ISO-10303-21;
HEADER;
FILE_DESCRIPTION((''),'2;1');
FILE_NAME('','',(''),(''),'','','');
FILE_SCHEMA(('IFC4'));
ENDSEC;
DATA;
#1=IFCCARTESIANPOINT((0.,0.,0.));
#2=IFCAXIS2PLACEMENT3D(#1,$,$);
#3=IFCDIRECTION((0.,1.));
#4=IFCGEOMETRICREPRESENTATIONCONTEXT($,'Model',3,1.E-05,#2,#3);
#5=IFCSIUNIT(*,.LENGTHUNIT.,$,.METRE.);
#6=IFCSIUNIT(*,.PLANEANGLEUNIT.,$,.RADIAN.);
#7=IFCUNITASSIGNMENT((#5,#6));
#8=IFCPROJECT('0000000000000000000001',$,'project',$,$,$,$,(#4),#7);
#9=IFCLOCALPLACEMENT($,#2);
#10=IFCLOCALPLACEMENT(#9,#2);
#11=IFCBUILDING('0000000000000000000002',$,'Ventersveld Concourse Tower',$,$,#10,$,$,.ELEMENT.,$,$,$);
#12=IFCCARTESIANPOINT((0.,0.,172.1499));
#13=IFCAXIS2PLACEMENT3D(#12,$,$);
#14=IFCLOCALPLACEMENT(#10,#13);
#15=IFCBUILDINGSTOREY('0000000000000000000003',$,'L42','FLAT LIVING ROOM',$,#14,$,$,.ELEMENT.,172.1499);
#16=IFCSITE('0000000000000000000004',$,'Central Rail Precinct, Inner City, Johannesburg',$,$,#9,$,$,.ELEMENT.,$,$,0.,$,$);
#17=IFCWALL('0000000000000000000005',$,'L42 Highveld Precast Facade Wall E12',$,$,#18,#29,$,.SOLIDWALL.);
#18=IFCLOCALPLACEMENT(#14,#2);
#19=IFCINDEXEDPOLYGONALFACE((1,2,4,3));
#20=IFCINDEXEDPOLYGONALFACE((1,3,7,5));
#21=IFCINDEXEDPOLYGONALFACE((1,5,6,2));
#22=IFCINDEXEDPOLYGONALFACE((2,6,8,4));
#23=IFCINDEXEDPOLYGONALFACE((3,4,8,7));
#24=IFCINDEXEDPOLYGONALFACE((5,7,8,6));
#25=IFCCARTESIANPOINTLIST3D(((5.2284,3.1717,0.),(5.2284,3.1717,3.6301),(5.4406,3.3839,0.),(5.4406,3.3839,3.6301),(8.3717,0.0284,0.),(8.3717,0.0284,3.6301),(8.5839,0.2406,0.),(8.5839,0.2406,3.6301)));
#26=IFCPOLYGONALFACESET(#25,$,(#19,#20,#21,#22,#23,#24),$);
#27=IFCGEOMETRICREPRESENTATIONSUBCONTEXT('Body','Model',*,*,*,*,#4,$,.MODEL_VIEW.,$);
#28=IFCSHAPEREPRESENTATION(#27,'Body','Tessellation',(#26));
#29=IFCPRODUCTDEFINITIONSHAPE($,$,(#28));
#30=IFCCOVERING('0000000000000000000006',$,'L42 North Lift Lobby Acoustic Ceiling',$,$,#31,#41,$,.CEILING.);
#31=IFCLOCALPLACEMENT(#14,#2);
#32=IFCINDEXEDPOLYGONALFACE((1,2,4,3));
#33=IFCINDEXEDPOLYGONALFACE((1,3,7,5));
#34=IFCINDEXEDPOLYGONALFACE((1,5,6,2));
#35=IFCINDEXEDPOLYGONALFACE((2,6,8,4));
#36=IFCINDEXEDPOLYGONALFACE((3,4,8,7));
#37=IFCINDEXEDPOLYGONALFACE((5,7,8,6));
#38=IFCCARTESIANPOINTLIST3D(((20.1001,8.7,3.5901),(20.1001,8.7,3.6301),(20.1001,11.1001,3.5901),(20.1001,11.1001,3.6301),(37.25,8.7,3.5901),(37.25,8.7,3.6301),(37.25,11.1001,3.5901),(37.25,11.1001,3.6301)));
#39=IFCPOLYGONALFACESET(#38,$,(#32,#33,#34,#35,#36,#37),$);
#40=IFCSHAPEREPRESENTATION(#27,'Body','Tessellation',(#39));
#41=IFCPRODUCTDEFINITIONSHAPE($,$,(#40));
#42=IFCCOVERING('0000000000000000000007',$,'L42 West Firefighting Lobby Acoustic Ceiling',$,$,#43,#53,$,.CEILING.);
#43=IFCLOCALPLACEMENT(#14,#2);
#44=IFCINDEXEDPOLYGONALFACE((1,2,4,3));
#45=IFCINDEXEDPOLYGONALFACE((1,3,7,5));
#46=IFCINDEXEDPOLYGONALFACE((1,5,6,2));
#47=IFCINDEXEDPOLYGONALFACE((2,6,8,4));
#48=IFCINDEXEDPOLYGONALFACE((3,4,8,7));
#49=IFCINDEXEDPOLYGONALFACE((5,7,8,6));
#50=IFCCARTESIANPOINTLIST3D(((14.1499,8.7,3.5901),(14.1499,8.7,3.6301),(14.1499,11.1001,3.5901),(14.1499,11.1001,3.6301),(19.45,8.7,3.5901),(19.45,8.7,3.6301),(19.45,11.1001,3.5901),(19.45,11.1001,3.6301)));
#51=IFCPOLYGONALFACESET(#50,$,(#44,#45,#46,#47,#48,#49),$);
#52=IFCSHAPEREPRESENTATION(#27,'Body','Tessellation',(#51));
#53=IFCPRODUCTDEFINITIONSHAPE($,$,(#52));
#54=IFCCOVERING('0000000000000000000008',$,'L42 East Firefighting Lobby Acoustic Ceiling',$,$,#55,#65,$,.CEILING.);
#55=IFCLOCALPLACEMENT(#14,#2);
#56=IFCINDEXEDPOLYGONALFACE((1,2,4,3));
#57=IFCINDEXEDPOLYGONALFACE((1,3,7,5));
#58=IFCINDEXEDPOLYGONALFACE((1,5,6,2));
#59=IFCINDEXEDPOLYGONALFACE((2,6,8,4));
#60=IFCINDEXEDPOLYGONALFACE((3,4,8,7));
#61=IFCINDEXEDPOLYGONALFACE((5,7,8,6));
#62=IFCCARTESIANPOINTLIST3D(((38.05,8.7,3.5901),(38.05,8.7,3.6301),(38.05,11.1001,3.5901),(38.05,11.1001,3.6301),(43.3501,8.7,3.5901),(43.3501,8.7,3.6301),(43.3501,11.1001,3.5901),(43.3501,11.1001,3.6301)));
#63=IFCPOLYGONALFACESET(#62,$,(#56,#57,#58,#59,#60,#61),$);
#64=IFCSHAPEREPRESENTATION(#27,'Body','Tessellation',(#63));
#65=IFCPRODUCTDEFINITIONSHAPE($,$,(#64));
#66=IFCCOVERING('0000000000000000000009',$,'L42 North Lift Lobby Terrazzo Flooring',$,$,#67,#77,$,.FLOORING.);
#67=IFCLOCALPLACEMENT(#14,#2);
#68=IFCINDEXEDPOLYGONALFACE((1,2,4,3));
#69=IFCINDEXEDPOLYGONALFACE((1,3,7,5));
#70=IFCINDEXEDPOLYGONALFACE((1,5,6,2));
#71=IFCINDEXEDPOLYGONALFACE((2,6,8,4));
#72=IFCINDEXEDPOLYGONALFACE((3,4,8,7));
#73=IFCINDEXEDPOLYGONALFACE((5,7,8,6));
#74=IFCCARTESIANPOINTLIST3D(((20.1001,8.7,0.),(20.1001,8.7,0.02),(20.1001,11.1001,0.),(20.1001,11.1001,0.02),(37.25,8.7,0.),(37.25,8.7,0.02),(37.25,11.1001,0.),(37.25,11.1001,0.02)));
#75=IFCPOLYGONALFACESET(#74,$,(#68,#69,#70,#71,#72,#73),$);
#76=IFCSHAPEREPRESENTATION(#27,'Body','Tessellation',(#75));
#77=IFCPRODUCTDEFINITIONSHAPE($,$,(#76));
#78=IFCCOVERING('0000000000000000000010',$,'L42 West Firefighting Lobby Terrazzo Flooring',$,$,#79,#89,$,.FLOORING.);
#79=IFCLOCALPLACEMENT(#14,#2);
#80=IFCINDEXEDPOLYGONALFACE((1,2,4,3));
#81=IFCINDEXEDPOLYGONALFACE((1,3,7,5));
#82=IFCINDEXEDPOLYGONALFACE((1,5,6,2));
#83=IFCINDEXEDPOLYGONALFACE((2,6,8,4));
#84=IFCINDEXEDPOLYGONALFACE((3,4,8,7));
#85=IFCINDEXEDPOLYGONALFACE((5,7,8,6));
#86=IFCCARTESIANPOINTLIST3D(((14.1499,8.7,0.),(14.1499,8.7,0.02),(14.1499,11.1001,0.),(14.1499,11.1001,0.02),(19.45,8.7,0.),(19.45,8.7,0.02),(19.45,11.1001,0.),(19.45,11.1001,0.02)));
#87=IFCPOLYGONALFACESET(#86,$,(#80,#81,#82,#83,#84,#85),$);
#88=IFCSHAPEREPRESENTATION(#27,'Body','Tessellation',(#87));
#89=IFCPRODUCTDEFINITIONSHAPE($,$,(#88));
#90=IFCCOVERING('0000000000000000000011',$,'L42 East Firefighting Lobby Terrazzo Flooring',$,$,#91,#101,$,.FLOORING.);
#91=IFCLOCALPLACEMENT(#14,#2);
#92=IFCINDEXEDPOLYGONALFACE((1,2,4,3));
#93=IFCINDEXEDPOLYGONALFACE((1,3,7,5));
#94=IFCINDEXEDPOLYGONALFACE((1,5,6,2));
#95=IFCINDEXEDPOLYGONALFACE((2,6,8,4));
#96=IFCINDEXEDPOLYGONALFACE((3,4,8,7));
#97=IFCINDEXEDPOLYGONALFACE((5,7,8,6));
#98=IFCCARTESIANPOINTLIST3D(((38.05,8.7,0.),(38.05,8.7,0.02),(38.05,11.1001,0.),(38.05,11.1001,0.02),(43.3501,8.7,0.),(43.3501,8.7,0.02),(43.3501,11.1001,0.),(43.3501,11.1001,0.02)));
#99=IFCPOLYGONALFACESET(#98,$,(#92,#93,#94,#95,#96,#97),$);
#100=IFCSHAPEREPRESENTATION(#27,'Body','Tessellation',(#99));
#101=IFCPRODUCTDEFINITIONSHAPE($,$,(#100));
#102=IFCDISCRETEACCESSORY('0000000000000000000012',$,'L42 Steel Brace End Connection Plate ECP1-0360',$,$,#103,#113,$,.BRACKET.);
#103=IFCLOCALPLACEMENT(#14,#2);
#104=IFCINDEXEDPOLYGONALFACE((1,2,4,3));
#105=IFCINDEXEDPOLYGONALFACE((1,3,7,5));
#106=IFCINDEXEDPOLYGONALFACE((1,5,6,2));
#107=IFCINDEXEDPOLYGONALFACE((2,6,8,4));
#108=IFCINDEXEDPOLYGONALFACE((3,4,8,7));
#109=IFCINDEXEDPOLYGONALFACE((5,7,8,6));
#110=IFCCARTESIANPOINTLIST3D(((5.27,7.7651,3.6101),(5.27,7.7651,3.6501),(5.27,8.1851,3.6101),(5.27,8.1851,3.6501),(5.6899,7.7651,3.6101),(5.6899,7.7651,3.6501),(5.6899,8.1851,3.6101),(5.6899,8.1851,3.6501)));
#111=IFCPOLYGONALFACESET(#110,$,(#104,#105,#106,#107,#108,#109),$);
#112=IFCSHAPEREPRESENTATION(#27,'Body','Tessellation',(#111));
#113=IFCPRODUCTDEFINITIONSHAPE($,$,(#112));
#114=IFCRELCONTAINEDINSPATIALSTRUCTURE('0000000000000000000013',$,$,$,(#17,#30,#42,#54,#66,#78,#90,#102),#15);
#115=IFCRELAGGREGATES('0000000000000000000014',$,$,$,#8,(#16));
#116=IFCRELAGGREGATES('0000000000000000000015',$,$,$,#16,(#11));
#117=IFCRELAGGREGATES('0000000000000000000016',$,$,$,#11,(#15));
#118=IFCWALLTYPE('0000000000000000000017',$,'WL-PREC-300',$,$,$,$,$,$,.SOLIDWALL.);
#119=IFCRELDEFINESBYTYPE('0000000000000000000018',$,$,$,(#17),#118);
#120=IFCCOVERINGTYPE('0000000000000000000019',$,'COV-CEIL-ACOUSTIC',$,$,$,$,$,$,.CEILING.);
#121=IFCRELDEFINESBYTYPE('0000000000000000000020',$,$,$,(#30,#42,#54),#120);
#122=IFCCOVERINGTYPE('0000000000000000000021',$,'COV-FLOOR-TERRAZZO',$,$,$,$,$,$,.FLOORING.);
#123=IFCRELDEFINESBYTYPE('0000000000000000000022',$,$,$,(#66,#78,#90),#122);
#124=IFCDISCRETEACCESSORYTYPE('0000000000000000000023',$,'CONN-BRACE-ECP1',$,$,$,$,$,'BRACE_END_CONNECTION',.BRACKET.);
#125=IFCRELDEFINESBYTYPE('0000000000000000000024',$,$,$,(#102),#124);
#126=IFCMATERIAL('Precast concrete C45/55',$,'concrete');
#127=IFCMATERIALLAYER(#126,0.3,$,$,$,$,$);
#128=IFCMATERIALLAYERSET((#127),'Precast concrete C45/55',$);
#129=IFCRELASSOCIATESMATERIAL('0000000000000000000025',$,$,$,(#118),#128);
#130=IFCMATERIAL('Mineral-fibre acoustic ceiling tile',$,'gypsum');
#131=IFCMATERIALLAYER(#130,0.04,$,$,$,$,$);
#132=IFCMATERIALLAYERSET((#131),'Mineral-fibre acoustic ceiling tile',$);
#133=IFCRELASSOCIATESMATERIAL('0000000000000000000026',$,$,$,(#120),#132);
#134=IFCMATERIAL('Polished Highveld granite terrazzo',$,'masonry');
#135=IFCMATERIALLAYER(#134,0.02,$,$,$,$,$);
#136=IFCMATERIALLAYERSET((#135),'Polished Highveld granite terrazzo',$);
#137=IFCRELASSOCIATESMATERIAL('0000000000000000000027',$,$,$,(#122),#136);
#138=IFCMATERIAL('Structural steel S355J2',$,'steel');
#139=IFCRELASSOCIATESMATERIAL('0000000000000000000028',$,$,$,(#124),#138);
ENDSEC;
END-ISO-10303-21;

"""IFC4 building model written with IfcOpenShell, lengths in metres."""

from ifc_helpers import new_model, si_unit, direction, frame, frame_2d, origin, origin_2d, place, context, subcontext, project, spatial, polyline, rectangle, outline, extrude, material, layer, layer_set, type_object, element, save


model = new_model("IFC4")

# Units and contexts
model_context = context("Model", 3, precision=1e-05, world=origin(), true_north=direction((0.0, 1.0)))
body_context = subcontext(model_context, "Body", "Model", "MODEL_VIEW")
ifc_project = project(units=[si_unit("LENGTHUNIT", "METRE"), si_unit("PLANEANGLEUNIT", "RADIAN")], contexts=[model_context])

# Site, building, storey
site_placement = place(None, origin())
site = spatial("IfcSite", under=ifc_project, at=site_placement, Name="Central Rail Precinct, Inner City, Johannesburg", CompositionType="ELEMENT", RefElevation=0.0)
building_placement = place(site_placement, origin())
building = spatial("IfcBuilding", under=site, at=building_placement, Name="Ventersveld Concourse Tower", CompositionType="ELEMENT")
storey_placement = place(building_placement, frame((0.0, 0.0, 172.1499)))
storey = spatial("IfcBuildingStorey", under=building, at=storey_placement, Name="L42", Description="FLAT LIVING ROOM", CompositionType="ELEMENT", Elevation=172.1499)

# Shared definitions
ifc_material_1 = material(Name="Structural steel S355J2", Category="steel")

# Wall
ifc_material_2 = material(Name="Precast concrete C45/55", Category="concrete")
ifc_layer_1 = layer(ifc_material_2, 0.3)
ifc_layer_set_1 = layer_set([ifc_layer_1], Name="Precast concrete C45/55")
wall_type_1 = type_object("IfcWallType", Name="WL-PREC-300", PredefinedType="SOLIDWALL", material=ifc_layer_set_1)
wall_1_placement = place(storey_placement, frame((5.3345, 3.2778, 0.0), z_axis=(0.0, 0.0, 1.0), x_axis=(0.707107, -0.707107, 0.0)))
element("IfcWall", 1, at=wall_1_placement, inside=storey, type_object=wall_type_1, Name="L42 Highveld Precast Facade Wall E12", PredefinedType="SOLIDWALL", context=body_context, shape_type="SweptSolid", body=[
    extrude(rectangle(XDim=4.4453, YDim=0.3, at=frame_2d((2.2227, 0.0))), origin(), (0.0, 0.0, 1.0), 3.6301),
])

# Coverings
ifc_material_3 = material(Name="Mineral-fibre acoustic ceiling tile", Category="gypsum")
ifc_layer_2 = layer(ifc_material_3, 0.04)
ifc_layer_set_2 = layer_set([ifc_layer_2], Name="Mineral-fibre acoustic ceiling tile")
covering_type_1 = type_object("IfcCoveringType", Name="COV-CEIL-ACOUSTIC", PredefinedType="CEILING", material=ifc_layer_set_2)
covering_1_placement = place(storey_placement, frame((0.0, 0.0, 3.5901)))
element("IfcCovering", 2, at=covering_1_placement, inside=storey, type_object=covering_type_1, Name="L42 North Lift Lobby Acoustic Ceiling", PredefinedType="CEILING", context=body_context, shape_type="SweptSolid", body=[
    extrude(outline(polyline([(20.1001, 8.7), (37.25, 8.7), (37.25, 11.1001), (20.1001, 11.1001), (20.1001, 8.7)])), origin(), (0.0, 0.0, 1.0), 0.04),
])
covering_2_placement = place(storey_placement, frame((0.0, 0.0, 3.5901)))
element("IfcCovering", 3, at=covering_2_placement, inside=storey, type_object=covering_type_1, Name="L42 West Firefighting Lobby Acoustic Ceiling", PredefinedType="CEILING", context=body_context, shape_type="SweptSolid", body=[
    extrude(outline(polyline([(14.1499, 8.7), (19.45, 8.7), (19.45, 11.1001), (14.1499, 11.1001), (14.1499, 8.7)])), origin(), (0.0, 0.0, 1.0), 0.04),
])
covering_3_placement = place(storey_placement, frame((0.0, 0.0, 3.5901)))
element("IfcCovering", 4, at=covering_3_placement, inside=storey, type_object=covering_type_1, Name="L42 East Firefighting Lobby Acoustic Ceiling", PredefinedType="CEILING", context=body_context, shape_type="SweptSolid", body=[
    extrude(outline(polyline([(38.05, 8.7), (43.3501, 8.7), (43.3501, 11.1001), (38.05, 11.1001), (38.05, 8.7)])), origin(), (0.0, 0.0, 1.0), 0.04),
])
ifc_material_4 = material(Name="Polished Highveld granite terrazzo", Category="masonry")
ifc_layer_3 = layer(ifc_material_4, 0.02)
ifc_layer_set_3 = layer_set([ifc_layer_3], Name="Polished Highveld granite terrazzo")
covering_type_2 = type_object("IfcCoveringType", Name="COV-FLOOR-TERRAZZO", PredefinedType="FLOORING", material=ifc_layer_set_3)
covering_4_placement = place(storey_placement, origin())
element("IfcCovering", 5, at=covering_4_placement, inside=storey, type_object=covering_type_2, Name="L42 North Lift Lobby Terrazzo Flooring", PredefinedType="FLOORING", context=body_context, shape_type="SweptSolid", body=[
    extrude(outline(polyline([(20.1001, 8.7), (37.25, 8.7), (37.25, 11.1001), (20.1001, 11.1001), (20.1001, 8.7)])), origin(), (0.0, 0.0, 1.0), 0.02),
])
covering_5_placement = place(storey_placement, origin())
element("IfcCovering", 6, at=covering_5_placement, inside=storey, type_object=covering_type_2, Name="L42 West Firefighting Lobby Terrazzo Flooring", PredefinedType="FLOORING", context=body_context, shape_type="SweptSolid", body=[
    extrude(outline(polyline([(14.1499, 8.7), (19.45, 8.7), (19.45, 11.1001), (14.1499, 11.1001), (14.1499, 8.7)])), origin(), (0.0, 0.0, 1.0), 0.02),
])
covering_6_placement = place(storey_placement, origin())
element("IfcCovering", 7, at=covering_6_placement, inside=storey, type_object=covering_type_2, Name="L42 East Firefighting Lobby Terrazzo Flooring", PredefinedType="FLOORING", context=body_context, shape_type="SweptSolid", body=[
    extrude(outline(polyline([(38.05, 8.7), (43.3501, 8.7), (43.3501, 11.1001), (38.05, 11.1001), (38.05, 8.7)])), origin(), (0.0, 0.0, 1.0), 0.02),
])

# Discrete accessory
discrete_accessory_type = type_object("IfcDiscreteAccessoryType", Name="CONN-BRACE-ECP1", ElementType="BRACE_END_CONNECTION", PredefinedType="BRACKET", material=ifc_material_1)
discrete_accessory_placement = place(storey_placement, frame((5.48, 7.9751, 3.6101), z_axis=(0.0, 0.0, 1.0), x_axis=(1.0, 0.0, 0.0)))
element("IfcDiscreteAccessory", 8, at=discrete_accessory_placement, inside=storey, type_object=discrete_accessory_type, Name="L42 Steel Brace End Connection Plate ECP1-0360", PredefinedType="BRACKET", context=body_context, shape_type="SweptSolid", body=[
    extrude(rectangle(XDim=0.4199, YDim=0.4199, at=origin_2d()), origin(), (0.0, 0.0, 1.0), 0.04),
])

save(model, "model.ifc")
